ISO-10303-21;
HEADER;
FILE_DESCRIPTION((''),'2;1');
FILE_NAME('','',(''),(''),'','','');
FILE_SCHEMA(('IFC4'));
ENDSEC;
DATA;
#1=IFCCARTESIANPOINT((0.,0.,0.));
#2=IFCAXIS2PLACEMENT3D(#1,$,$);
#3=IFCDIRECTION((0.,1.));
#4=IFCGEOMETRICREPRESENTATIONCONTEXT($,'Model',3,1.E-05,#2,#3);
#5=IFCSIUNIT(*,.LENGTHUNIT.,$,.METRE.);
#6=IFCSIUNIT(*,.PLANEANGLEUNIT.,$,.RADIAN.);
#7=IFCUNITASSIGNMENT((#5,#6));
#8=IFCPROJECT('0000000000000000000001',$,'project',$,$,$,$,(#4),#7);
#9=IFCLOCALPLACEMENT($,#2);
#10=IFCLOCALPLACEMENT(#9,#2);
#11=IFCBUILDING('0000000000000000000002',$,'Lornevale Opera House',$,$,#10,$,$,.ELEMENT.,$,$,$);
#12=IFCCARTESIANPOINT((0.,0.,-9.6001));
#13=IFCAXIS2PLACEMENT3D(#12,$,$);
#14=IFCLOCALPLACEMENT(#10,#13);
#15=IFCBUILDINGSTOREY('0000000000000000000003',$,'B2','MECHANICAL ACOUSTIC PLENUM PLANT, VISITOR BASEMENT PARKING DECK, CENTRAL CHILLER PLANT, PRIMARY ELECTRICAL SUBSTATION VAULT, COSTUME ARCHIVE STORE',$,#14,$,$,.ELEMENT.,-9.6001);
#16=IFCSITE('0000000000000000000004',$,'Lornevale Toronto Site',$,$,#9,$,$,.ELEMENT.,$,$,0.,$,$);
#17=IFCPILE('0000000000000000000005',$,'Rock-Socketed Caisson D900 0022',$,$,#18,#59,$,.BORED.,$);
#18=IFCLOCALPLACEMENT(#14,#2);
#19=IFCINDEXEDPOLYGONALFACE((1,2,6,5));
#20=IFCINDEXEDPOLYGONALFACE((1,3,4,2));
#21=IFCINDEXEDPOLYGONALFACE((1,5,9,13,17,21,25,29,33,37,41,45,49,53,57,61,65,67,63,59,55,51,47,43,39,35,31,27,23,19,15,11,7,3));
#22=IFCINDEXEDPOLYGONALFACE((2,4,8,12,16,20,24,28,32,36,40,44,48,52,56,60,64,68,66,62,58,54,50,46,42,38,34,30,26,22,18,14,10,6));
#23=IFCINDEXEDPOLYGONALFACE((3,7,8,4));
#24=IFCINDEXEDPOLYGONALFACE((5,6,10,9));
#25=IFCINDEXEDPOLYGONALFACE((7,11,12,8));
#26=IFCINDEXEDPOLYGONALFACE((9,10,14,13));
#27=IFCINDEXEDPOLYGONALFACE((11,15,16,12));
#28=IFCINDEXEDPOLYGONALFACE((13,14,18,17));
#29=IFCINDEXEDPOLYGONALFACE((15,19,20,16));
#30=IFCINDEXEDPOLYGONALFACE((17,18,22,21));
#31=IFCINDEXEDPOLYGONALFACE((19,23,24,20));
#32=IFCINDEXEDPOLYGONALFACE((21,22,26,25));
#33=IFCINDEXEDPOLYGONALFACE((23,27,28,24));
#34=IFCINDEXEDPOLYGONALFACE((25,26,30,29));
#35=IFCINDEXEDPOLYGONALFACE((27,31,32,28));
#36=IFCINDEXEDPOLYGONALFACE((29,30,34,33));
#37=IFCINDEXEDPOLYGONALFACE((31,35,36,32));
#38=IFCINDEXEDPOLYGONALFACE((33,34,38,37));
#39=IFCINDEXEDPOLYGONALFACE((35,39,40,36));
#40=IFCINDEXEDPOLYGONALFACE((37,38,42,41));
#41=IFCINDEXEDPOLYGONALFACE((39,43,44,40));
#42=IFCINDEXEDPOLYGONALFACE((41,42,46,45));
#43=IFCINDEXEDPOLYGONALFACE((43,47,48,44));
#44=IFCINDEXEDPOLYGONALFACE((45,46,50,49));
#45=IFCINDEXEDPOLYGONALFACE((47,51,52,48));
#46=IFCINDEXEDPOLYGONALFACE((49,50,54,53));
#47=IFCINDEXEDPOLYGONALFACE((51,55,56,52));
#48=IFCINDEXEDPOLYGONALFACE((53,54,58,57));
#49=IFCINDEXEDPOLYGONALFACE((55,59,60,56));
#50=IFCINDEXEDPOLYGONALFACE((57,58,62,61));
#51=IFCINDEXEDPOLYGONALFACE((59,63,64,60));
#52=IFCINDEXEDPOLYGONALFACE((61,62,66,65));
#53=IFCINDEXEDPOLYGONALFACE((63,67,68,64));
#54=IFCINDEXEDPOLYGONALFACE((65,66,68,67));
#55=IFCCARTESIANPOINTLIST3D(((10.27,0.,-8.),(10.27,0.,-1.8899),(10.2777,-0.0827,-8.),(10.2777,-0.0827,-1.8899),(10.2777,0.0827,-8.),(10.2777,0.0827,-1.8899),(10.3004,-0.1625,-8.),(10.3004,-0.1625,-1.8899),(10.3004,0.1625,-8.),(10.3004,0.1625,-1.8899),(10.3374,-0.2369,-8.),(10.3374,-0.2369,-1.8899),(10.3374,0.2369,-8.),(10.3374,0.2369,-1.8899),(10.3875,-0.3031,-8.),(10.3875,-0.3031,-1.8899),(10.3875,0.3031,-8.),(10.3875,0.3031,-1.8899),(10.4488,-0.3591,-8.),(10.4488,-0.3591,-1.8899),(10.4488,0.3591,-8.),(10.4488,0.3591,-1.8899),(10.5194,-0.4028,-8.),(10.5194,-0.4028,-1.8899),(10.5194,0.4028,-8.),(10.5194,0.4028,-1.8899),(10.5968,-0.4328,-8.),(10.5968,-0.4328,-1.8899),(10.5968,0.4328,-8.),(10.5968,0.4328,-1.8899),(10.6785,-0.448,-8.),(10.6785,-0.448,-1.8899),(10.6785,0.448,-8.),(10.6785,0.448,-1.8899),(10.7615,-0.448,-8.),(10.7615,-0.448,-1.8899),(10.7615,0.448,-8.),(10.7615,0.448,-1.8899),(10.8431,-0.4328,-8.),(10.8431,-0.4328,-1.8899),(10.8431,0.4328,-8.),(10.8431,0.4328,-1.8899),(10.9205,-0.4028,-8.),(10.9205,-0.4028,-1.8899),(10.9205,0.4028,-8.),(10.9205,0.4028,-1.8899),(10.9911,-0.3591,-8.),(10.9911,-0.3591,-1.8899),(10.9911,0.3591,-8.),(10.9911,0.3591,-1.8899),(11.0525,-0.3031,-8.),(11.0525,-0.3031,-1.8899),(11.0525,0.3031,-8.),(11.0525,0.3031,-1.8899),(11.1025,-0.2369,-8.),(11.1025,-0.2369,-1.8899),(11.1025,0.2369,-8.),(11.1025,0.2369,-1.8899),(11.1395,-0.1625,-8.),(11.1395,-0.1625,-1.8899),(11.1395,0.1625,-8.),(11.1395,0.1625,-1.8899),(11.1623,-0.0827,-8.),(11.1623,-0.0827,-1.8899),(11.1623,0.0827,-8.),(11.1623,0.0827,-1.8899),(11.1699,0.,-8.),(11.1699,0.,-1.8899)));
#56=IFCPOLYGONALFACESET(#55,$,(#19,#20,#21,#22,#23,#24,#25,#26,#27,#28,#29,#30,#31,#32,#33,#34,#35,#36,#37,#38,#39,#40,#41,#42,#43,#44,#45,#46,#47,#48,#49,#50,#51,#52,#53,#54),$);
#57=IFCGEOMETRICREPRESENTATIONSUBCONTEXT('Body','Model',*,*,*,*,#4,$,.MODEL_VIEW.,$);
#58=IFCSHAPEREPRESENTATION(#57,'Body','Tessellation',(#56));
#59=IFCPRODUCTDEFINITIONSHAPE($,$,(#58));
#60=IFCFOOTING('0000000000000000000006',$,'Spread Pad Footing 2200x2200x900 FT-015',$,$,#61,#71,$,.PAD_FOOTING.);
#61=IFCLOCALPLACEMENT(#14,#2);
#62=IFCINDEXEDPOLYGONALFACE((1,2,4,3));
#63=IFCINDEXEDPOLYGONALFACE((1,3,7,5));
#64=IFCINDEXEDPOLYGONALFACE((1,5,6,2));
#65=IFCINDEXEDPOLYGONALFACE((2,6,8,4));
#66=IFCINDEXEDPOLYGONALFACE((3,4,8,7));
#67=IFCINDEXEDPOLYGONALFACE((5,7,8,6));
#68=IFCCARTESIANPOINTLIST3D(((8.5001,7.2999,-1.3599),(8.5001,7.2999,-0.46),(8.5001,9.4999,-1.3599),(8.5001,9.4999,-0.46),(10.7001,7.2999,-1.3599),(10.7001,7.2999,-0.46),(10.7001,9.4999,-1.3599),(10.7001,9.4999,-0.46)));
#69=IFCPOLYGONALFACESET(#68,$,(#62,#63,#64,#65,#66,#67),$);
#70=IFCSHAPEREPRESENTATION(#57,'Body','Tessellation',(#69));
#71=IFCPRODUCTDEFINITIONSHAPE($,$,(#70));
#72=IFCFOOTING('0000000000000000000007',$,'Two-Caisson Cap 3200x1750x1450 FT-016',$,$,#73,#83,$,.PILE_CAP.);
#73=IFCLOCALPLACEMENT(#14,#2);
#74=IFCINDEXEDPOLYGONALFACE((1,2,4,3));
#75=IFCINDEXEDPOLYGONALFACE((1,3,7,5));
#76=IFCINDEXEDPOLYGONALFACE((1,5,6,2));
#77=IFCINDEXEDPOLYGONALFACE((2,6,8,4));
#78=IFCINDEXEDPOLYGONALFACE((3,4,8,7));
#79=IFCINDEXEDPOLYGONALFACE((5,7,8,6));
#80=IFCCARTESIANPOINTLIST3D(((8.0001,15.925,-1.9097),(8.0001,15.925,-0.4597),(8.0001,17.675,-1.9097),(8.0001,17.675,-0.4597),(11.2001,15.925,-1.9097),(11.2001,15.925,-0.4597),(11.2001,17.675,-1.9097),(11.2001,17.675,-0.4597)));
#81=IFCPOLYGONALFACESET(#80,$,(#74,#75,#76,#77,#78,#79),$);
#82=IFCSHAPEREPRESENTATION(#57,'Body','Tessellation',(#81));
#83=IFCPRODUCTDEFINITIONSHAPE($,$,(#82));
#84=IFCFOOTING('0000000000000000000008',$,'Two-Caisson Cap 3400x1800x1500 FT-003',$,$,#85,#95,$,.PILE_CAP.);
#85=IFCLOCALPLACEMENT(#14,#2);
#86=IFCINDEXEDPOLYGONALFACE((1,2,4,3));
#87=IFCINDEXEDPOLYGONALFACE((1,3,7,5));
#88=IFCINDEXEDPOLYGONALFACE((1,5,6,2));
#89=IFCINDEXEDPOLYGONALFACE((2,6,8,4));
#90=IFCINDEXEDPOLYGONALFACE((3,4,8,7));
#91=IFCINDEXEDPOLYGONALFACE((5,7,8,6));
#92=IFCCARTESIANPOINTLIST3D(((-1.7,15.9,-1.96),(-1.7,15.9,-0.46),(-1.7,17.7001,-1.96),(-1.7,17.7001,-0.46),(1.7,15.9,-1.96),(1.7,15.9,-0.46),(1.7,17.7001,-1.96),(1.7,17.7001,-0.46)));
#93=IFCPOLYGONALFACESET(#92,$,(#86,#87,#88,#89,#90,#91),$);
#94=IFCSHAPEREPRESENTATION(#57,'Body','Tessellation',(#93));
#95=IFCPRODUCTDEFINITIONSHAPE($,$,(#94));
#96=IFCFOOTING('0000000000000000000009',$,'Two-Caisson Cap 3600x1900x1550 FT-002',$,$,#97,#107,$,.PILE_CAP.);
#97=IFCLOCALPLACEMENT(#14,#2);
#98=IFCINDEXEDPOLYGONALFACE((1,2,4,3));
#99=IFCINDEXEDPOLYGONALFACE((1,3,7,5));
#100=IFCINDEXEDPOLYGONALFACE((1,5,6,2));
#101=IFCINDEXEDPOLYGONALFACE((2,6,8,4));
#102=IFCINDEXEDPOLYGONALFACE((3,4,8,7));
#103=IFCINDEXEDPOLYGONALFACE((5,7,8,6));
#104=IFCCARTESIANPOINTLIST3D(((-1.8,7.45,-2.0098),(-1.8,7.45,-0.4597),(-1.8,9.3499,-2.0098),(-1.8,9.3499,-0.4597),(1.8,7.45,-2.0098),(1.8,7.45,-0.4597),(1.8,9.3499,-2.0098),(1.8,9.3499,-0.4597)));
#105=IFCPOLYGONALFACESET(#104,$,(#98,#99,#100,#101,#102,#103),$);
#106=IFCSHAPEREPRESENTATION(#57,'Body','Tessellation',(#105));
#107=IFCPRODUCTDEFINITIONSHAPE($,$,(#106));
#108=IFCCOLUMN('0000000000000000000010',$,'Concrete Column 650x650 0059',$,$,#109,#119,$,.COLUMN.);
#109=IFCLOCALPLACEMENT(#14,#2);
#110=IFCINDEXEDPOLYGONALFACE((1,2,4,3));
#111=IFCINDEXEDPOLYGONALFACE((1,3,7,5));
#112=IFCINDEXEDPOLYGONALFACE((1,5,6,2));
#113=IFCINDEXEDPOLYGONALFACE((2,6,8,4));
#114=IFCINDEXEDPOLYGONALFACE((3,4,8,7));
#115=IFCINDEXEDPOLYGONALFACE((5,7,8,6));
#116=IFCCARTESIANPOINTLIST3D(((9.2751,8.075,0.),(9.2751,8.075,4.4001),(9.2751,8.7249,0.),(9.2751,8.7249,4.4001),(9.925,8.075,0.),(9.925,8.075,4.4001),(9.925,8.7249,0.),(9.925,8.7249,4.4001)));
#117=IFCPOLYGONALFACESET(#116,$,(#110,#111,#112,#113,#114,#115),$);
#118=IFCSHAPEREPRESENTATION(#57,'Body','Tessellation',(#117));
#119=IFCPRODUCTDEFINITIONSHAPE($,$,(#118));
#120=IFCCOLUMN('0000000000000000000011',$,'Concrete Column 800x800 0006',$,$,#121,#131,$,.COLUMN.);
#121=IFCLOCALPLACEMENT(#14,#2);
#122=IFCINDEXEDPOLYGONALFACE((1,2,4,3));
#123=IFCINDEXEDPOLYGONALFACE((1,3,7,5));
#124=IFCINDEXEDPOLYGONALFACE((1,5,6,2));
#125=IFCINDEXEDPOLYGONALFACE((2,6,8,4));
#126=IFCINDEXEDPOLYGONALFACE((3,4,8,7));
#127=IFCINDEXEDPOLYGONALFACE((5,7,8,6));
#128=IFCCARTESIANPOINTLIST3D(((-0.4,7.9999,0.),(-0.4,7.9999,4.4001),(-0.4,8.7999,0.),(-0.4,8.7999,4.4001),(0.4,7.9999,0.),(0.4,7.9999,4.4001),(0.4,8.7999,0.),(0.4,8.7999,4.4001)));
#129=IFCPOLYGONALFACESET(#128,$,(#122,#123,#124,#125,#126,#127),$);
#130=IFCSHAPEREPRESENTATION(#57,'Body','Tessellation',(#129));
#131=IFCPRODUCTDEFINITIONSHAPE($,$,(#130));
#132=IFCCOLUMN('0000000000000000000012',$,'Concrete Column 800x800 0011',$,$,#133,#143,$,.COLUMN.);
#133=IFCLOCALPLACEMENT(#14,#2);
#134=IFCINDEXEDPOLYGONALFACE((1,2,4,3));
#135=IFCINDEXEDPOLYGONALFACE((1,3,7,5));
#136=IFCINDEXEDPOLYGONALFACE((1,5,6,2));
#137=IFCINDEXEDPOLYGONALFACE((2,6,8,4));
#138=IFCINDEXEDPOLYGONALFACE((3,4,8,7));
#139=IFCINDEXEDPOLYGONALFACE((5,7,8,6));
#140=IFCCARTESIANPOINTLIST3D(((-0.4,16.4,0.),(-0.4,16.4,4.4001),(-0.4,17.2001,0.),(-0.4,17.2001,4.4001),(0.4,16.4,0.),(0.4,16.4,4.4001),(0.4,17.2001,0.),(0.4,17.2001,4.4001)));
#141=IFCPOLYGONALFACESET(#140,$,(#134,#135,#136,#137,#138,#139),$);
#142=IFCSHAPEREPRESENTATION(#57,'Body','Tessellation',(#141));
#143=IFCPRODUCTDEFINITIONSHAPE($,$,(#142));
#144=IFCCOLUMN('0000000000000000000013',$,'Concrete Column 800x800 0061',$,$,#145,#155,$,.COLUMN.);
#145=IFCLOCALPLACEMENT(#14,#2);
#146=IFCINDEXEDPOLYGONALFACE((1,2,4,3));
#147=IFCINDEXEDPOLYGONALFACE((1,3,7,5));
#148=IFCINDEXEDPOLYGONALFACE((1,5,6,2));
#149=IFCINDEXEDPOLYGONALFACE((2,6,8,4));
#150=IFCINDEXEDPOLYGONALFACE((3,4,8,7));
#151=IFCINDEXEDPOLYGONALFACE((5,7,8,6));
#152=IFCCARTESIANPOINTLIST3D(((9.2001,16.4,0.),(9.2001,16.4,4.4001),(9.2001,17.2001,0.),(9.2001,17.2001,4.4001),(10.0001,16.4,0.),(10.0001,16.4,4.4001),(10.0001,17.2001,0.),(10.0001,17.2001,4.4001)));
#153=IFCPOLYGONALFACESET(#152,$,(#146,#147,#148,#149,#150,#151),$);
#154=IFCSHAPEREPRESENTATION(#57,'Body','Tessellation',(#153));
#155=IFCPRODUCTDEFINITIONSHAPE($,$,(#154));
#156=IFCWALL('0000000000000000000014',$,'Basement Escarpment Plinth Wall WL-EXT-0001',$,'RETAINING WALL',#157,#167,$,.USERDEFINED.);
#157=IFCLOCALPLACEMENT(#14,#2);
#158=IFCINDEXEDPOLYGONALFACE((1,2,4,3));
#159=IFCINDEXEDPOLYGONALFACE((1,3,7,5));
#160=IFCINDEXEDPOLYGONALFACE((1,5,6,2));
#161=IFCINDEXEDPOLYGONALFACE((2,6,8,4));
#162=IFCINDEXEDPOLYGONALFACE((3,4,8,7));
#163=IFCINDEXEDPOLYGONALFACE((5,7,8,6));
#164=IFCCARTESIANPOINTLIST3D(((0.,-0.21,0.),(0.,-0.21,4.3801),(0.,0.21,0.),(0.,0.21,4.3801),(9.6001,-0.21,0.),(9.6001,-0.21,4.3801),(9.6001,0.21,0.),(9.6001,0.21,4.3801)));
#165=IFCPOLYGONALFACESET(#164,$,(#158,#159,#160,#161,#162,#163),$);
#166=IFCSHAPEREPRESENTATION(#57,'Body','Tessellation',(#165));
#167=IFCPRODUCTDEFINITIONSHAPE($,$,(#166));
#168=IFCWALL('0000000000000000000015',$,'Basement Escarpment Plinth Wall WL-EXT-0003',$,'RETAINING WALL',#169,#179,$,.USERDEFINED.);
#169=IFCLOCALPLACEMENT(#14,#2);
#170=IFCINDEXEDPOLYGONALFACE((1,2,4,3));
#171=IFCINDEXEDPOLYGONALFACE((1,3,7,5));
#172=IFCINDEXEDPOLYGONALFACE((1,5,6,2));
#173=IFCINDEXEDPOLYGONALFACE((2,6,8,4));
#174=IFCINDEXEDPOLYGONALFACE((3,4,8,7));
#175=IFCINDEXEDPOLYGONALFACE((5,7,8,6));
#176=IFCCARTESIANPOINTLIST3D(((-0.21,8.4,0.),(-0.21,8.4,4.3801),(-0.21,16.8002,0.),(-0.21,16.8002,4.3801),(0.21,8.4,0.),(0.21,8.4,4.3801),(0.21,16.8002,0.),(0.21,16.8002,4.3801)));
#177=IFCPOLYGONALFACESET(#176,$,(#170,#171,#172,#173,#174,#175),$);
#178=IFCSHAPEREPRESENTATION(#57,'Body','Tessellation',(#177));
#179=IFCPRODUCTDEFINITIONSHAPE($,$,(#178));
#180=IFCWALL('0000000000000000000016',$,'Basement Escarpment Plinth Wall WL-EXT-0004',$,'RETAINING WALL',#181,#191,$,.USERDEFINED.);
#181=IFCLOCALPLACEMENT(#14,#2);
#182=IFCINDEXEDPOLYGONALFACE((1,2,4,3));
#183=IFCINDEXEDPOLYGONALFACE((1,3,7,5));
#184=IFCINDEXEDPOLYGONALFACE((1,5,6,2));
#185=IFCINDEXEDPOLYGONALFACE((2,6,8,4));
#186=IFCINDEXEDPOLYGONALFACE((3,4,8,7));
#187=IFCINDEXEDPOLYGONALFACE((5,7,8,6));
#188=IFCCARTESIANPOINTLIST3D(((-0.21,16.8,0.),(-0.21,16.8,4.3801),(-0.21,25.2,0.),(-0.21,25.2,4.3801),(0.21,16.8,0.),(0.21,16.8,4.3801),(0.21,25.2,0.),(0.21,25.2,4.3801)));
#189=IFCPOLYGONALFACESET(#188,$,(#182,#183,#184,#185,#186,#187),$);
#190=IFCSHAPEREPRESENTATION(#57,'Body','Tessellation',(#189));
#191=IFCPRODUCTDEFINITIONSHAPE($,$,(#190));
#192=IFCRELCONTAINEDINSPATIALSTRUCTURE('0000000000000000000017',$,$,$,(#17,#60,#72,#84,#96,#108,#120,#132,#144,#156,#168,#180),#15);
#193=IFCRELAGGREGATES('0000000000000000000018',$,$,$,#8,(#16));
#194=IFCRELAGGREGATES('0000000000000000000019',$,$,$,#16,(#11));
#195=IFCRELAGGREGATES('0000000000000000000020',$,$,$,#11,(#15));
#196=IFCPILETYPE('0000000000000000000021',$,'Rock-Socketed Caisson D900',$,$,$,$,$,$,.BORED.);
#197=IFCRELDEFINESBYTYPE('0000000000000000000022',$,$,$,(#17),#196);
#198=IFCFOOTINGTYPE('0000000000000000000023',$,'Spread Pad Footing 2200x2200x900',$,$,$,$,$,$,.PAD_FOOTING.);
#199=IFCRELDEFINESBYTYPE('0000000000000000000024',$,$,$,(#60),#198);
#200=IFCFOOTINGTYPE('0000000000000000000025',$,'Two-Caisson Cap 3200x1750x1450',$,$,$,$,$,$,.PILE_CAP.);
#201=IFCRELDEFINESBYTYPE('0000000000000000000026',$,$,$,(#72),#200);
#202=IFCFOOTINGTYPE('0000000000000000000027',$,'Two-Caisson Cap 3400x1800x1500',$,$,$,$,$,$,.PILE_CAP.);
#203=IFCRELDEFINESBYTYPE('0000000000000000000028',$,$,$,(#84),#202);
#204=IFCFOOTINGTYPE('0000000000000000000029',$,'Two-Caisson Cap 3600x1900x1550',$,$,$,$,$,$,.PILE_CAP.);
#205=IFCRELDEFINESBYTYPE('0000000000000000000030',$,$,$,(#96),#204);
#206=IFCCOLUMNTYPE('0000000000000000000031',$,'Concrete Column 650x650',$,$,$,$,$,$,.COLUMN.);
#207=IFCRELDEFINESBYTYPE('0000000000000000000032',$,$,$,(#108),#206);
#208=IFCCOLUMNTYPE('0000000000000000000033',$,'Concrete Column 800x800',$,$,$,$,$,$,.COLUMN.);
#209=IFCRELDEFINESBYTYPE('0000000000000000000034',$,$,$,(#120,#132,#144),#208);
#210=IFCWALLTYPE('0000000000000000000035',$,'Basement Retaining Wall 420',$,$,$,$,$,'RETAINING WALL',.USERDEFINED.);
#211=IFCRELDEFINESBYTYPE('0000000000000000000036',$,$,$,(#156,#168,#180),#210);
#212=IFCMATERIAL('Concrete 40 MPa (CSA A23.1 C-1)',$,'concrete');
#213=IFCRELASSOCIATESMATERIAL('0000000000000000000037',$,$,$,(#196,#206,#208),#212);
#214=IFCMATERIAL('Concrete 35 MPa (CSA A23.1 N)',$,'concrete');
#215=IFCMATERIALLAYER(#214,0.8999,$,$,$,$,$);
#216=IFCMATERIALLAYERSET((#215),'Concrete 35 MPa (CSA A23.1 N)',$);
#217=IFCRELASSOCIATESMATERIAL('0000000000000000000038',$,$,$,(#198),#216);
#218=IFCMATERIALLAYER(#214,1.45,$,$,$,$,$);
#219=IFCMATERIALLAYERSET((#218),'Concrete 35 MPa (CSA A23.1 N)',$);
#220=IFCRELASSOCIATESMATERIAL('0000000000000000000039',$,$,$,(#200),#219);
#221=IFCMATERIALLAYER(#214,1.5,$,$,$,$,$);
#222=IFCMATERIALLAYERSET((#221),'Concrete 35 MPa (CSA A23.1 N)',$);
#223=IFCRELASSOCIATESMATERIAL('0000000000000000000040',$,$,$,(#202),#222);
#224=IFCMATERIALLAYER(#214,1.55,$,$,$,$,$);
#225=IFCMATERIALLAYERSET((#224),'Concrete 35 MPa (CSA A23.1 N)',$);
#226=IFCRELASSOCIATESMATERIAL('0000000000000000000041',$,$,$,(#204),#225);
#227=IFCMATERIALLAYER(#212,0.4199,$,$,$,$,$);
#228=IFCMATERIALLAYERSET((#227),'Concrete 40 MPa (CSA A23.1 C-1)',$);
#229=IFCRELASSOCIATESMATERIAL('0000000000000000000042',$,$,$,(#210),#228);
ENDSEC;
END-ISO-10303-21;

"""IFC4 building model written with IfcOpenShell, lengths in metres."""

from ifc_helpers import new_model, si_unit, direction, frame, frame_2d, origin, origin_2d, place, context, subcontext, project, spatial, rectangle, circle, extrude, material, layer, layer_set, material_profile, profile_set, type_object, element, save


model = new_model("IFC4")

# Units and contexts
model_context = context("Model", 3, precision=1e-05, world=origin(), true_north=direction((0.0, 1.0)))
body_context = subcontext(model_context, "Body", "Model", "MODEL_VIEW")
ifc_project = project(units=[si_unit("LENGTHUNIT", "METRE"), si_unit("PLANEANGLEUNIT", "RADIAN")], contexts=[model_context])

# Site, building, storey
site_placement = place(None, origin())
site = spatial("IfcSite", under=ifc_project, at=site_placement, Name="Lornevale Toronto Site", CompositionType="ELEMENT", RefElevation=0.0)
building_placement = place(site_placement, origin())
building = spatial("IfcBuilding", under=site, at=building_placement, Name="Lornevale Opera House", CompositionType="ELEMENT")
storey_placement = place(building_placement, frame((0.0, 0.0, -9.6001)))
storey = spatial("IfcBuildingStorey", under=building, at=storey_placement, Name="B2", Description="MECHANICAL ACOUSTIC PLENUM PLANT, VISITOR BASEMENT PARKING DECK, CENTRAL CHILLER PLANT, PRIMARY ELECTRICAL SUBSTATION VAULT, COSTUME ARCHIVE STORE", CompositionType="ELEMENT", Elevation=-9.6001)

# Shared definitions
ifc_material_1 = material(Name="Concrete 40 MPa (CSA A23.1 C-1)", Category="concrete")

# Shared definitions
ifc_material_2 = material(Name="Concrete 35 MPa (CSA A23.1 N)", Category="concrete")

# Pile
ifc_material_profile_1 = material_profile(ifc_material_1, circle(Radius=0.45, at=origin_2d()), Name="CAIS900")
ifc_profile_set_1 = profile_set([ifc_material_profile_1], Name="Concrete 40 MPa (CSA A23.1 C-1)")
pile_type_1 = type_object("IfcPileType", Name="Rock-Socketed Caisson D900", PredefinedType="BORED", material=ifc_profile_set_1)
for number, where, z_axis, x_axis, name in (
    (1, (10.72, 0.0, -1.8899), (0.0, 0.0, -1.0), (1.0, 0.0, 0.0), "Rock-Socketed Caisson D900 0022"),
):
    element("IfcPile", number, at=place(storey_placement, frame(where, z_axis=z_axis, x_axis=x_axis)), inside=storey, type_object=pile_type_1, Name=name, PredefinedType="BORED", context=body_context, shape_type="SweptSolid", body=[
        extrude(circle(Radius=0.45, at=origin_2d()), origin(), (0.0, 0.0, 1.0), 6.1101),
    ])

# Footings
ifc_layer_1 = layer(ifc_material_2, 0.8999)
ifc_layer_set_1 = layer_set([ifc_layer_1], Name="Concrete 35 MPa (CSA A23.1 N)")
footing_type_1 = type_object("IfcFootingType", Name="Spread Pad Footing 2200x2200x900", PredefinedType="PAD_FOOTING", material=ifc_layer_set_1)
footing_1_placement = place(storey_placement, frame((9.6001, 8.3999, -1.3599), z_axis=(0.0, 0.0, 1.0), x_axis=(1.0, 0.0, 0.0)))
element("IfcFooting", 2, at=footing_1_placement, inside=storey, type_object=footing_type_1, Name="Spread Pad Footing 2200x2200x900 FT-015", PredefinedType="PAD_FOOTING", context=body_context, shape_type="SweptSolid", body=[
    extrude(rectangle(XDim=2.2, YDim=2.2, at=origin_2d()), origin(), (0.0, 0.0, 1.0), 0.8999),
])
ifc_layer_2 = layer(ifc_material_2, 1.45)
ifc_layer_set_2 = layer_set([ifc_layer_2], Name="Concrete 35 MPa (CSA A23.1 N)")
footing_type_2 = type_object("IfcFootingType", Name="Two-Caisson Cap 3200x1750x1450", PredefinedType="PILE_CAP", material=ifc_layer_set_2)
footing_2_placement = place(storey_placement, frame((9.6001, 16.8, -1.9097), z_axis=(0.0, 0.0, 1.0), x_axis=(1.0, 0.0, 0.0)))
element("IfcFooting", 3, at=footing_2_placement, inside=storey, type_object=footing_type_2, Name="Two-Caisson Cap 3200x1750x1450 FT-016", PredefinedType="PILE_CAP", context=body_context, shape_type="SweptSolid", body=[
    extrude(rectangle(XDim=3.2, YDim=1.75, at=origin_2d()), origin(), (0.0, 0.0, 1.0), 1.45),
])
ifc_layer_3 = layer(ifc_material_2, 1.5)
ifc_layer_set_3 = layer_set([ifc_layer_3], Name="Concrete 35 MPa (CSA A23.1 N)")
footing_type_3 = type_object("IfcFootingType", Name="Two-Caisson Cap 3400x1800x1500", PredefinedType="PILE_CAP", material=ifc_layer_set_3)
footing_3_placement = place(storey_placement, frame((0.0, 16.8, -1.96), z_axis=(0.0, 0.0, 1.0), x_axis=(1.0, 0.0, 0.0)))
element("IfcFooting", 4, at=footing_3_placement, inside=storey, type_object=footing_type_3, Name="Two-Caisson Cap 3400x1800x1500 FT-003", PredefinedType="PILE_CAP", context=body_context, shape_type="SweptSolid", body=[
    extrude(rectangle(XDim=3.3999, YDim=1.8, at=origin_2d()), origin(), (0.0, 0.0, 1.0), 1.5),
])
ifc_layer_4 = layer(ifc_material_2, 1.55)
ifc_layer_set_4 = layer_set([ifc_layer_4], Name="Concrete 35 MPa (CSA A23.1 N)")
footing_type_4 = type_object("IfcFootingType", Name="Two-Caisson Cap 3600x1900x1550", PredefinedType="PILE_CAP", material=ifc_layer_set_4)
footing_4_placement = place(storey_placement, frame((0.0, 8.3999, -2.0098), z_axis=(0.0, 0.0, 1.0), x_axis=(1.0, 0.0, 0.0)))
element("IfcFooting", 5, at=footing_4_placement, inside=storey, type_object=footing_type_4, Name="Two-Caisson Cap 3600x1900x1550 FT-002", PredefinedType="PILE_CAP", context=body_context, shape_type="SweptSolid", body=[
    extrude(rectangle(XDim=3.6001, YDim=1.8999, at=origin_2d()), origin(), (0.0, 0.0, 1.0), 1.55),
])

# Columns
ifc_material_profile_2 = material_profile(ifc_material_1, rectangle(XDim=0.6499, YDim=0.6499, at=origin_2d()), Name="RC650x650")
ifc_profile_set_2 = profile_set([ifc_material_profile_2], Name="Concrete 40 MPa (CSA A23.1 C-1)")
column_type_1 = type_object("IfcColumnType", Name="Concrete Column 650x650", PredefinedType="COLUMN", material=ifc_profile_set_2)
column_placement = place(storey_placement, frame((9.6001, 8.3999, 0.0), z_axis=(0.0, 0.0, 1.0), x_axis=(1.0, 0.0, 0.0)))
element("IfcColumn", 6, at=column_placement, inside=storey, type_object=column_type_1, Name="Concrete Column 650x650 0059", PredefinedType="COLUMN", context=body_context, shape_type="SweptSolid", body=[
    extrude(rectangle(XDim=0.6499, YDim=0.6499, at=origin_2d()), origin(), (0.0, 0.0, 1.0), 4.4001),
])
ifc_material_profile_3 = material_profile(ifc_material_1, rectangle(XDim=0.8, YDim=0.8, at=origin_2d()), Name="RC800x800")
ifc_profile_set_3 = profile_set([ifc_material_profile_3], Name="Concrete 40 MPa (CSA A23.1 C-1)")
column_type_2 = type_object("IfcColumnType", Name="Concrete Column 800x800", PredefinedType="COLUMN", material=ifc_profile_set_3)
for number, where, z_axis, x_axis, name in (
    (7, (0.0, 8.3999, 0.0), (0.0, 0.0, 1.0), (1.0, 0.0, 0.0), "Concrete Column 800x800 0006"),
    (8, (0.0, 16.8, 0.0), (0.0, 0.0, 1.0), (1.0, 0.0, 0.0), "Concrete Column 800x800 0011"),
    (9, (9.6001, 16.8, 0.0), (0.0, 0.0, 1.0), (1.0, 0.0, 0.0), "Concrete Column 800x800 0061"),
):
    element("IfcColumn", number, at=place(storey_placement, frame(where, z_axis=z_axis, x_axis=x_axis)), inside=storey, type_object=column_type_2, Name=name, PredefinedType="COLUMN", context=body_context, shape_type="SweptSolid", body=[
        extrude(rectangle(XDim=0.8, YDim=0.8, at=origin_2d()), origin(), (0.0, 0.0, 1.0), 4.4001),
    ])

# Walls
ifc_layer_5 = layer(ifc_material_1, 0.4199)
ifc_layer_set_5 = layer_set([ifc_layer_5], Name="Concrete 40 MPa (CSA A23.1 C-1)")
wall_type = type_object("IfcWallType", Name="Basement Retaining Wall 420", ElementType="RETAINING WALL", PredefinedType="USERDEFINED", material=ifc_layer_set_5)
wall_1_placement = place(storey_placement, frame((9.6001, 0.0, 0.0), z_axis=(0.0, 0.0, 1.0), x_axis=(-1.0, 0.0, 0.0)))
element("IfcWall", 10, at=wall_1_placement, inside=storey, type_object=wall_type, Name="Basement Escarpment Plinth Wall WL-EXT-0001", ObjectType="RETAINING WALL", PredefinedType="USERDEFINED", context=body_context, shape_type="SweptSolid", body=[
    extrude(rectangle(XDim=9.6001, YDim=0.4199, at=frame_2d((4.8, 0.0))), origin(), (0.0, 0.0, 1.0), 4.3801),
])
wall_2_placement = place(storey_placement, frame((0.0, 8.3999, 0.0), z_axis=(0.0, 0.0, 1.0), x_axis=(0.0, 1.0, 0.0)))
element("IfcWall", 11, at=wall_2_placement, inside=storey, type_object=wall_type, Name="Basement Escarpment Plinth Wall WL-EXT-0003", ObjectType="RETAINING WALL", PredefinedType="USERDEFINED", context=body_context, shape_type="SweptSolid", body=[
    extrude(rectangle(XDim=8.4001, YDim=0.4199, at=frame_2d((4.2002, 0.0))), origin(), (0.0, 0.0, 1.0), 4.3801),
])
wall_3_placement = place(storey_placement, frame((0.0, 16.8, 0.0), z_axis=(0.0, 0.0, 1.0), x_axis=(0.0, 1.0, 0.0)))
element("IfcWall", 12, at=wall_3_placement, inside=storey, type_object=wall_type, Name="Basement Escarpment Plinth Wall WL-EXT-0004", ObjectType="RETAINING WALL", PredefinedType="USERDEFINED", context=body_context, shape_type="SweptSolid", body=[
    extrude(rectangle(XDim=8.3999, YDim=0.4199, at=frame_2d((4.2, 0.0))), origin(), (0.0, 0.0, 1.0), 4.3801),
])

save(model, "model.ifc")
